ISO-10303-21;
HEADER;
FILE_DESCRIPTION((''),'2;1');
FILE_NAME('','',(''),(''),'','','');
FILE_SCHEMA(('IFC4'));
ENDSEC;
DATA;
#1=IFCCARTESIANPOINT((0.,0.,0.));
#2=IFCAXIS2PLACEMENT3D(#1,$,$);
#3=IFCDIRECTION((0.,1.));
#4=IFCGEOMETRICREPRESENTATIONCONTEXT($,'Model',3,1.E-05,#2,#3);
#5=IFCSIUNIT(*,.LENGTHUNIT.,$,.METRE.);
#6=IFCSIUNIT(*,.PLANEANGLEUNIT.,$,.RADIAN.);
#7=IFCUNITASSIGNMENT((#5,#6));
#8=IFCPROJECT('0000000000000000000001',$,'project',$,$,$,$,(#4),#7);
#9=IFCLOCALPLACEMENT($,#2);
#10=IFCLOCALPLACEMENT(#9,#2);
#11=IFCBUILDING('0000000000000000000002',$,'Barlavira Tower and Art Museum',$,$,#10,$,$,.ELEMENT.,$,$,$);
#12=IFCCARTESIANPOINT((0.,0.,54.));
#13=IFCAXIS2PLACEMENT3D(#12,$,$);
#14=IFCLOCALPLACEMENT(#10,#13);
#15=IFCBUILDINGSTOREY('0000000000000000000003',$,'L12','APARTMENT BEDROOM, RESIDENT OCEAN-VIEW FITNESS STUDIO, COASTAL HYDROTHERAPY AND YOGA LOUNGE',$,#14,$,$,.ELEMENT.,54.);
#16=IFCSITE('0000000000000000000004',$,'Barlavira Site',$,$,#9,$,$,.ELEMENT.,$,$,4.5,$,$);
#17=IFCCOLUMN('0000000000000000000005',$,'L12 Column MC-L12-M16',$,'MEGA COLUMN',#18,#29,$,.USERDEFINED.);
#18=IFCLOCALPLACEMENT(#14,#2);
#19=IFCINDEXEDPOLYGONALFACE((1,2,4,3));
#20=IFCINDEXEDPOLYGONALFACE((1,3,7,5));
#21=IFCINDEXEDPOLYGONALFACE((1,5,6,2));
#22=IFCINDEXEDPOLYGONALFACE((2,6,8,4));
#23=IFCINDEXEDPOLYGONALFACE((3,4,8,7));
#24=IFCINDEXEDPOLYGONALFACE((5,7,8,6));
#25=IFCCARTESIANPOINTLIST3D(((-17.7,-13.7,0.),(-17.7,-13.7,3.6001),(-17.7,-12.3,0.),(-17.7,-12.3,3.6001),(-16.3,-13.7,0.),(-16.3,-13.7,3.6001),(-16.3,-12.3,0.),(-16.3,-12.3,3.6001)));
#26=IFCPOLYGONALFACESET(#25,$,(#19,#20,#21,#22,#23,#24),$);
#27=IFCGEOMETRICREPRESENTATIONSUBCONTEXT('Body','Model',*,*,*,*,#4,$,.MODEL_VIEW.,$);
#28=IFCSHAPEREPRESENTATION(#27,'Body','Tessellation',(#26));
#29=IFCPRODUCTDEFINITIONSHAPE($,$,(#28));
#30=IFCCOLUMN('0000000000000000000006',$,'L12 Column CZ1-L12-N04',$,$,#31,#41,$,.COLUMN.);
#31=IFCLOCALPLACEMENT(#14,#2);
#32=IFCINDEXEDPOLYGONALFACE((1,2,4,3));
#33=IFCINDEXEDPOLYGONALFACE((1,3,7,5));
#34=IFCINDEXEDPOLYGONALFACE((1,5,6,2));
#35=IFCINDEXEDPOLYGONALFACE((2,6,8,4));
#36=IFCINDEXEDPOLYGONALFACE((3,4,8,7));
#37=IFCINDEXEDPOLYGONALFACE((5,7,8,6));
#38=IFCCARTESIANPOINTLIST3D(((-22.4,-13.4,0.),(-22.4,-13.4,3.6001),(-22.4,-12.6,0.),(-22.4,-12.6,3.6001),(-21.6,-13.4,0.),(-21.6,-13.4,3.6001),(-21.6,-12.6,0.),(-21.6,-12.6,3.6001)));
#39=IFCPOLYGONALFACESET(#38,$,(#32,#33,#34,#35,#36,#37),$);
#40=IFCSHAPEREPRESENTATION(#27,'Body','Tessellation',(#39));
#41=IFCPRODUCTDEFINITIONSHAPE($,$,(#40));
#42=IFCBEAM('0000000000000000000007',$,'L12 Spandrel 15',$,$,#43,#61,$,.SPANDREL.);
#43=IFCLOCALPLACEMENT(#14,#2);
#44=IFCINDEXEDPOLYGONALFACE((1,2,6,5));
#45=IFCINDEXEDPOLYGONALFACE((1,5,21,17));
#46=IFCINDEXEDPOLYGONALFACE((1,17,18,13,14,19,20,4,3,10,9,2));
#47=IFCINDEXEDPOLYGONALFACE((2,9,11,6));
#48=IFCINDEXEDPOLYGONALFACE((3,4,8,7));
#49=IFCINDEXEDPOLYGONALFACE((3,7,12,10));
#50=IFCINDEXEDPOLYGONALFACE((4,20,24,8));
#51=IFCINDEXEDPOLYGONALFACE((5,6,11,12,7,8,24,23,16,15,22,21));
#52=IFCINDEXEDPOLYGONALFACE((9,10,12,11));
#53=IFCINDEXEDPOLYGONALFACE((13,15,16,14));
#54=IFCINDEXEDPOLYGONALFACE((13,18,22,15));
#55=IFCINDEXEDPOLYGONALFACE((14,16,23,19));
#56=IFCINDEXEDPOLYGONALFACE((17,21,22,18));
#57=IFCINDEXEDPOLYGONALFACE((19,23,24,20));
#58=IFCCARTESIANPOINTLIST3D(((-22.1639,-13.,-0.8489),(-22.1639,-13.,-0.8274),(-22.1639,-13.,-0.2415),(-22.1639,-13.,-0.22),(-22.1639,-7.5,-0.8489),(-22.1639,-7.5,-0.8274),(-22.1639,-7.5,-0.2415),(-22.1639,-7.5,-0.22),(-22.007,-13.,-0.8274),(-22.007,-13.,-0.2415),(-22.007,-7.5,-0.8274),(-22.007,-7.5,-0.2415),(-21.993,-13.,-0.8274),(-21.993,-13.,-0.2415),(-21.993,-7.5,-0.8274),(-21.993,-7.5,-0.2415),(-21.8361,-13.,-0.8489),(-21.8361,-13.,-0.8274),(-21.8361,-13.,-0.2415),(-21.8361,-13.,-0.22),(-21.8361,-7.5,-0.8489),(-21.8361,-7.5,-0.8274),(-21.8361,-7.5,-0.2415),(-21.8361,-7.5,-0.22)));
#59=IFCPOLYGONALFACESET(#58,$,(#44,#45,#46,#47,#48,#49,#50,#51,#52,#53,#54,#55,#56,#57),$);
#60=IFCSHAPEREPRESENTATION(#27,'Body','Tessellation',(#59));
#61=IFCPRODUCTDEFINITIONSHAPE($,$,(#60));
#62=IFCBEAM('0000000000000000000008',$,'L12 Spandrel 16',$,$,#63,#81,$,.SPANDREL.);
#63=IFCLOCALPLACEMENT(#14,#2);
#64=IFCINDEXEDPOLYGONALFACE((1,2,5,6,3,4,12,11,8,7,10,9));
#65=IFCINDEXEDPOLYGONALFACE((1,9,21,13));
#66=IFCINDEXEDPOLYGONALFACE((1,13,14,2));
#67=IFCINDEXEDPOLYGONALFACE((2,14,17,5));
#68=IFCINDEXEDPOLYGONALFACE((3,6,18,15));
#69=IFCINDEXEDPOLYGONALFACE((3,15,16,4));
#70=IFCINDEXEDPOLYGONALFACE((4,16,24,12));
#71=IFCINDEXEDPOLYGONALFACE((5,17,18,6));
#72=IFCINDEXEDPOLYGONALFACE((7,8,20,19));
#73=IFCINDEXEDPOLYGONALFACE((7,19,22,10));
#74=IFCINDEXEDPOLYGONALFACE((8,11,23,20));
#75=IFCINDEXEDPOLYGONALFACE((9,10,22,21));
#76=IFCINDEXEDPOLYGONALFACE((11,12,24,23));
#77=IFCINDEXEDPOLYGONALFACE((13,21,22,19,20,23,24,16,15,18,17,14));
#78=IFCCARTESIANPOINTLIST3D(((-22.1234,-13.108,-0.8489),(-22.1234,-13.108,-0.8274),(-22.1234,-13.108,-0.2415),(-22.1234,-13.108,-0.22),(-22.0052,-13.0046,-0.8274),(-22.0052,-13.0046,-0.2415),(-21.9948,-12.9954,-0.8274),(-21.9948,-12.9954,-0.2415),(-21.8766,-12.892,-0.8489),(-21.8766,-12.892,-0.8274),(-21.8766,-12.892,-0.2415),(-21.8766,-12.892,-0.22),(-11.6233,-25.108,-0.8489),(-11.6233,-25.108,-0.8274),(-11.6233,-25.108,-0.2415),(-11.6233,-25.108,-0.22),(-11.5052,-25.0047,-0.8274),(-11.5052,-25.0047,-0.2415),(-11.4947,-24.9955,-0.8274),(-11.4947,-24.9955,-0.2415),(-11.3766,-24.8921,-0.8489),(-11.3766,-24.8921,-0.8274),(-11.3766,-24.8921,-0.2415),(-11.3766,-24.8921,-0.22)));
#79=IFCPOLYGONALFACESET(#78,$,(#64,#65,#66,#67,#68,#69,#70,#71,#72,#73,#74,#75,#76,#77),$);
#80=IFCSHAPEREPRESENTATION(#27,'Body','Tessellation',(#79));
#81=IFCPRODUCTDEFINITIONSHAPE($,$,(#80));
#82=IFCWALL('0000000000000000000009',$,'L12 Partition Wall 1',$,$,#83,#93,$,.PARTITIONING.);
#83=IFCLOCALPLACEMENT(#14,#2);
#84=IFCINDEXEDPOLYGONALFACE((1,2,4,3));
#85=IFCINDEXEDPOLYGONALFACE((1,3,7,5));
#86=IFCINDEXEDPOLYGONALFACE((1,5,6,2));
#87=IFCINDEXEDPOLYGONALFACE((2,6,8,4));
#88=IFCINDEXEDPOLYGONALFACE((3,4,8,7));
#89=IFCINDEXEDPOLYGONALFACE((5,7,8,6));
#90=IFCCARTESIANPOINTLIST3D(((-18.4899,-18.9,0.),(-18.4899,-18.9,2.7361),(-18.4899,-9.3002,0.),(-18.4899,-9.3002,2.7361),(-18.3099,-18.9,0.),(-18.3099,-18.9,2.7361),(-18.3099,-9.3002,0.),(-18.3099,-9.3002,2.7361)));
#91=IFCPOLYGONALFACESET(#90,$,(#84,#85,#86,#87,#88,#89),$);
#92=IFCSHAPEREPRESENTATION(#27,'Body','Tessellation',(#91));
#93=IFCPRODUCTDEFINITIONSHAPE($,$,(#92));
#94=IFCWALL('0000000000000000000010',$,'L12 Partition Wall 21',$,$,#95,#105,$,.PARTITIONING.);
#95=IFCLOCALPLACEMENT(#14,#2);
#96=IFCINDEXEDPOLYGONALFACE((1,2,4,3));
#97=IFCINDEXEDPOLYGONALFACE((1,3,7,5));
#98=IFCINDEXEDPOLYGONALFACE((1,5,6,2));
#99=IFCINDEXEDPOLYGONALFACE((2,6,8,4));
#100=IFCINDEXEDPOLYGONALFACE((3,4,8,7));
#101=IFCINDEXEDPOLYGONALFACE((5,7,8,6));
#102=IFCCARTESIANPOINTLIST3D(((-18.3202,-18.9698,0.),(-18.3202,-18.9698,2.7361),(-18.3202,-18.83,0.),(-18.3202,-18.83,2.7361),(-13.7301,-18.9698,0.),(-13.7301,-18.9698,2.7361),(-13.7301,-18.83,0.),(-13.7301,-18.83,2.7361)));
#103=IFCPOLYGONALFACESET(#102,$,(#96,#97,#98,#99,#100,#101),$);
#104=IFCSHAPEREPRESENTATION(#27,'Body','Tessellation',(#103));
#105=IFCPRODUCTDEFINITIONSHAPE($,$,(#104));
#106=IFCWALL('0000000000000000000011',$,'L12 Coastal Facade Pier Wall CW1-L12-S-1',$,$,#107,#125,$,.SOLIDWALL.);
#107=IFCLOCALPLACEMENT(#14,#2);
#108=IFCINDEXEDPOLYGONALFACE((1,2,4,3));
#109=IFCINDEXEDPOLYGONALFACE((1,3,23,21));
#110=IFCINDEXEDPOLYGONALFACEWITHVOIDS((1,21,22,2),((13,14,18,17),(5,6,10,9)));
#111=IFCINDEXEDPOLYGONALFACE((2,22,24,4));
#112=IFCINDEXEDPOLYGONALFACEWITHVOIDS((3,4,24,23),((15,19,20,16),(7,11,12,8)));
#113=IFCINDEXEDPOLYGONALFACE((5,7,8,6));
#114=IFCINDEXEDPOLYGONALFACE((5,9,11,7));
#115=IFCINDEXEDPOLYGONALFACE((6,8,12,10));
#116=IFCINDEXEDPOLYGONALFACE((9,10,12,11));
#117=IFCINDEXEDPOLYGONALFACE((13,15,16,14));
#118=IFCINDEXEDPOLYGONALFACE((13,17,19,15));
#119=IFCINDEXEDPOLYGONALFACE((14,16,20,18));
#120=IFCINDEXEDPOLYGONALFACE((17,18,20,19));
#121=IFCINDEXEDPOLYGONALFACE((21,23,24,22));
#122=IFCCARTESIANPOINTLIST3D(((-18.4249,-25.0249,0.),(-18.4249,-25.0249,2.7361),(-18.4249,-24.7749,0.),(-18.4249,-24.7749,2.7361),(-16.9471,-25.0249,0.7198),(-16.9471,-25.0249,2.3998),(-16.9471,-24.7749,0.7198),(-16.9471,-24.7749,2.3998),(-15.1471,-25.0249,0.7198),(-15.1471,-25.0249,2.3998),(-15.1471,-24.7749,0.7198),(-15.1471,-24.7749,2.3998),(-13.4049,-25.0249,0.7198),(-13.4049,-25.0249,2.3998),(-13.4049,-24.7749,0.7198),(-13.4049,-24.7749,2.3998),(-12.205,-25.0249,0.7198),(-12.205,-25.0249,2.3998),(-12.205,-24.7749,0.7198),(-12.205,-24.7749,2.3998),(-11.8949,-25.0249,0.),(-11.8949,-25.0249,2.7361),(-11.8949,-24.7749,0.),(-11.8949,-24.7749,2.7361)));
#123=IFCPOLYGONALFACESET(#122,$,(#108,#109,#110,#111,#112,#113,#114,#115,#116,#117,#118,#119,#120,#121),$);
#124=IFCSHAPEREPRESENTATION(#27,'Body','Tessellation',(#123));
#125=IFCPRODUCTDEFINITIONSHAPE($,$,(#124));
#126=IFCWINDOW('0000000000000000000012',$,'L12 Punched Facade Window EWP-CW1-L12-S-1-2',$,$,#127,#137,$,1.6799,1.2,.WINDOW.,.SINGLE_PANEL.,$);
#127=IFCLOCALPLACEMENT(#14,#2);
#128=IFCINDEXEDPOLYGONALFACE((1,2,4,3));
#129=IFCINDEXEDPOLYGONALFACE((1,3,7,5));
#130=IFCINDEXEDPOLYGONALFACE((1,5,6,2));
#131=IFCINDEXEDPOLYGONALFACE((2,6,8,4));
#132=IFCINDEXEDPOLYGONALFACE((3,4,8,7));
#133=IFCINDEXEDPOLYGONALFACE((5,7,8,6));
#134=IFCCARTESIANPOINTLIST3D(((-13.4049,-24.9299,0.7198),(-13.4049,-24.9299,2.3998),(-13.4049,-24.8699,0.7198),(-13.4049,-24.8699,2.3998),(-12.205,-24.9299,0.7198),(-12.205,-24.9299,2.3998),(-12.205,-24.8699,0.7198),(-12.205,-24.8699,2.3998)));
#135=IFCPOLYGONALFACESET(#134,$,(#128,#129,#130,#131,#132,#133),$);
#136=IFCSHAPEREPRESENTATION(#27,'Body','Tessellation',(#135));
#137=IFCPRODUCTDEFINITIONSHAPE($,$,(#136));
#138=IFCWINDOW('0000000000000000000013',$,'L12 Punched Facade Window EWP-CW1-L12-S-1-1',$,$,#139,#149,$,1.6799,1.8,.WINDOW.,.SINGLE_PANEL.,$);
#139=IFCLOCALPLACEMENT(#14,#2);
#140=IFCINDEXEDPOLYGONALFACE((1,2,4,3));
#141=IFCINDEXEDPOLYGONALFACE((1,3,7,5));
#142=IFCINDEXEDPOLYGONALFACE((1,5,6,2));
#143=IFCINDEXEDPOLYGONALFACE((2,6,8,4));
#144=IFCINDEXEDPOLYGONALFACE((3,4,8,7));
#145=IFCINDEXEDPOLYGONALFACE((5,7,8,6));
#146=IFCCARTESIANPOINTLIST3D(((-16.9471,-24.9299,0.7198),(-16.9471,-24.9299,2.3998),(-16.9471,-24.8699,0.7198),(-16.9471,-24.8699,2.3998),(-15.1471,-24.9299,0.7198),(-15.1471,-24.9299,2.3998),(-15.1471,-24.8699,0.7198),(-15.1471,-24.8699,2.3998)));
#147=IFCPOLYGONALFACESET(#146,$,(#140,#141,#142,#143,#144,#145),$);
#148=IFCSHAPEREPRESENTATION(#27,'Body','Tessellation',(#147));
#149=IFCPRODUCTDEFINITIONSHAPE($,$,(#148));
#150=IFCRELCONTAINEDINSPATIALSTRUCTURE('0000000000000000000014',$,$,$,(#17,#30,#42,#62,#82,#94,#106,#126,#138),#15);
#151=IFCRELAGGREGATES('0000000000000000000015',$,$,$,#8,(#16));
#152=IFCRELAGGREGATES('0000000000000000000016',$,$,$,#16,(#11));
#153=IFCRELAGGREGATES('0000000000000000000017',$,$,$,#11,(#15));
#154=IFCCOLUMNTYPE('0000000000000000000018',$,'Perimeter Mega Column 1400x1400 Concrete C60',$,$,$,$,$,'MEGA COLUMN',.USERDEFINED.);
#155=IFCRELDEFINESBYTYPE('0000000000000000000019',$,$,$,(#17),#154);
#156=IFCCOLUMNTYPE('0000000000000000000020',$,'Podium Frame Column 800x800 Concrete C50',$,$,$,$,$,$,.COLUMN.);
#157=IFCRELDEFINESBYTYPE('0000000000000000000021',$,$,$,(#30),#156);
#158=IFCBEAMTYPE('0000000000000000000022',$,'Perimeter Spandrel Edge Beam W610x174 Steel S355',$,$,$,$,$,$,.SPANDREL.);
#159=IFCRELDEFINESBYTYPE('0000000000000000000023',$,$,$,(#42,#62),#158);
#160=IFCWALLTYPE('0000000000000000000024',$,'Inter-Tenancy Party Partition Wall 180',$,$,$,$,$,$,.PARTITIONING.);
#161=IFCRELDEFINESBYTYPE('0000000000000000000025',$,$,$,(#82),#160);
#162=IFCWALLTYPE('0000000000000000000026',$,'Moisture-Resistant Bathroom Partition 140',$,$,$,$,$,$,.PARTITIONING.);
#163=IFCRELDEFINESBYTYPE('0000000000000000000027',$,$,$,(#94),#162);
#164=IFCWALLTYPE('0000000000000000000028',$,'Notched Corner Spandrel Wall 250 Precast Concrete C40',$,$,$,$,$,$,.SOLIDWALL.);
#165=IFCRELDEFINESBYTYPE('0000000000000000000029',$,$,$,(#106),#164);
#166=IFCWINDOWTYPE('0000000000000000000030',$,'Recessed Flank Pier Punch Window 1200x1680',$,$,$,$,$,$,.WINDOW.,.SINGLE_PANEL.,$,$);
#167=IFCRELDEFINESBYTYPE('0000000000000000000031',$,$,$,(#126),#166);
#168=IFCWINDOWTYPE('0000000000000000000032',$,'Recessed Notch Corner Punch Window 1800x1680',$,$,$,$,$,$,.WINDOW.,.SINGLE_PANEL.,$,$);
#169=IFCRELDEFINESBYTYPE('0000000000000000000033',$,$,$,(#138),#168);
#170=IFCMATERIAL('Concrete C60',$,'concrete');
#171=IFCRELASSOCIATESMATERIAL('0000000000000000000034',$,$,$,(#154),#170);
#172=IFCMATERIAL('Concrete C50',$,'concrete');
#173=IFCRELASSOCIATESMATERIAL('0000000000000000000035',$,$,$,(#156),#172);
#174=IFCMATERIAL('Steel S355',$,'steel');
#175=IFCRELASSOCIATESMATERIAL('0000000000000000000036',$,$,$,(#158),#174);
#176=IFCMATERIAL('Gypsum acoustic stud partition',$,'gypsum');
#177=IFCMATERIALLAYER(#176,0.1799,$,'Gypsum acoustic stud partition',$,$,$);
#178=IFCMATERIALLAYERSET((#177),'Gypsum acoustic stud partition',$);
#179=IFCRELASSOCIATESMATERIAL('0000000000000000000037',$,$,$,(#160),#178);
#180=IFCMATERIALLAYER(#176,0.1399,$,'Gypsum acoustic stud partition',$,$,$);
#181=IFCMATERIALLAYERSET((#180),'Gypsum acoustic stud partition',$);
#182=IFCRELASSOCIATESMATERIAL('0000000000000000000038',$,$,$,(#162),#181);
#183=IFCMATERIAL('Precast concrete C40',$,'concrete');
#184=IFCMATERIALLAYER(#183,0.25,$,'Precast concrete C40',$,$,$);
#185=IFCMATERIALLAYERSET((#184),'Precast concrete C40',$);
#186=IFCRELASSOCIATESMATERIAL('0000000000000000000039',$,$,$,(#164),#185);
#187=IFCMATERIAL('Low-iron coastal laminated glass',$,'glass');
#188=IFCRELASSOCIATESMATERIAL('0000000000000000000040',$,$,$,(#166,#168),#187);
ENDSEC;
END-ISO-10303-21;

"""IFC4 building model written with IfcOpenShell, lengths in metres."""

from ifc_helpers import new_model, si_unit, direction, frame, frame_2d, origin, origin_2d, place, context, subcontext, project, spatial, rectangle, i_section, extrude, material, layer, layer_set, material_profile, profile_set, type_object, element, fill, save


model = new_model("IFC4")

# Units and contexts
model_context = context("Model", 3, precision=1e-05, world=origin(), true_north=direction((0.0, 1.0)))
body_context = subcontext(model_context, "Body", "Model", "MODEL_VIEW")
ifc_project = project(units=[si_unit("LENGTHUNIT", "METRE"), si_unit("PLANEANGLEUNIT", "RADIAN")], contexts=[model_context])

# Site, building, storey
site_placement = place(None, origin())
site = spatial("IfcSite", under=ifc_project, at=site_placement, Name="Barlavira Site", CompositionType="ELEMENT", RefElevation=4.5)
building_placement = place(site_placement, origin())
building = spatial("IfcBuilding", under=site, at=building_placement, Name="Barlavira Tower and Art Museum", CompositionType="ELEMENT")
storey_placement = place(building_placement, frame((0.0, 0.0, 54.0)))
storey = spatial("IfcBuildingStorey", under=building, at=storey_placement, Name="L12", Description="APARTMENT BEDROOM, RESIDENT OCEAN-VIEW FITNESS STUDIO, COASTAL HYDROTHERAPY AND YOGA LOUNGE", CompositionType="ELEMENT", Elevation=54.0)

# Columns
ifc_material_1 = material(Name="Concrete C60", Category="concrete")
ifc_material_profile_1 = material_profile(ifc_material_1, rectangle(XDim=1.3999, YDim=1.3999, at=origin_2d()), Name="RC-MCOL 1400x1400")
ifc_profile_set_1 = profile_set([ifc_material_profile_1], Name="Concrete C60")
column_type_1 = type_object("IfcColumnType", Name="Perimeter Mega Column 1400x1400 Concrete C60", ElementType="MEGA COLUMN", PredefinedType="USERDEFINED", material=ifc_profile_set_1)
column_1_placement = place(storey_placement, frame((-17.0, -13.0, 0.0), z_axis=(0.0, 0.0, 1.0), x_axis=(1.0, 0.0, 0.0)))
element("IfcColumn", 1, at=column_1_placement, inside=storey, type_object=column_type_1, Name="L12 Column MC-L12-M16", ObjectType="MEGA COLUMN", PredefinedType="USERDEFINED", context=body_context, shape_type="SweptSolid", body=[
    extrude(rectangle(XDim=1.3999, YDim=1.3999, at=origin_2d()), origin(), (0.0, 0.0, 1.0), 3.6001),
])
ifc_material_2 = material(Name="Concrete C50", Category="concrete")
ifc_material_profile_2 = material_profile(ifc_material_2, rectangle(XDim=0.8, YDim=0.8, at=origin_2d()), Name="RC-COL 800x800")
ifc_profile_set_2 = profile_set([ifc_material_profile_2], Name="Concrete C50")
column_type_2 = type_object("IfcColumnType", Name="Podium Frame Column 800x800 Concrete C50", PredefinedType="COLUMN", material=ifc_profile_set_2)
column_2_placement = place(storey_placement, frame((-22.0, -13.0, 0.0), z_axis=(0.0, 0.0, 1.0), x_axis=(1.0, 0.0, 0.0)))
element("IfcColumn", 2, at=column_2_placement, inside=storey, type_object=column_type_2, Name="L12 Column CZ1-L12-N04", PredefinedType="COLUMN", context=body_context, shape_type="SweptSolid", body=[
    extrude(rectangle(XDim=0.8, YDim=0.8, at=origin_2d()), origin(), (0.0, 0.0, 1.0), 3.6001),
])

# Beams
ifc_material_3 = material(Name="Steel S355", Category="steel")
ifc_material_profile_3 = material_profile(ifc_material_3, i_section(OverallWidth=0.3279, OverallDepth=0.6289, WebThickness=0.0139, FlangeThickness=0.0215, at=origin_2d()), Name="W610x174.0")
ifc_profile_set_3 = profile_set([ifc_material_profile_3], Name="Steel S355")
beam_type = type_object("IfcBeamType", Name="Perimeter Spandrel Edge Beam W610x174 Steel S355", PredefinedType="SPANDREL", material=ifc_profile_set_3)
beam_1_placement = place(storey_placement, frame((-22.0, -13.0, -0.5344), z_axis=(0.0, 1.0, 0.0), x_axis=(-1.0, 0.0, 0.0)))
element("IfcBeam", 3, at=beam_1_placement, inside=storey, type_object=beam_type, Name="L12 Spandrel 15", PredefinedType="SPANDREL", context=body_context, shape_type="SweptSolid", body=[
    extrude(i_section(OverallWidth=0.3279, OverallDepth=0.6289, WebThickness=0.0139, FlangeThickness=0.0215, at=origin_2d()), origin(), (0.0, 0.0, 1.0), 5.5),
])
beam_2_placement = place(storey_placement, frame((-22.0, -13.0, -0.5344), z_axis=(0.658505, -0.752577, 0.0), x_axis=(0.752577, 0.658505, 0.0)))
element("IfcBeam", 4, at=beam_2_placement, inside=storey, type_object=beam_type, Name="L12 Spandrel 16", PredefinedType="SPANDREL", context=body_context, shape_type="SweptSolid", body=[
    extrude(i_section(OverallWidth=0.3279, OverallDepth=0.6289, WebThickness=0.0139, FlangeThickness=0.0215, at=origin_2d()), origin(), (0.0, 0.0, 1.0), 15.9453),
])

# Walls
ifc_material_4 = material(Name="Gypsum acoustic stud partition", Category="gypsum")
ifc_layer_1 = layer(ifc_material_4, 0.1799, Name="Gypsum acoustic stud partition")
ifc_layer_set_1 = layer_set([ifc_layer_1], Name="Gypsum acoustic stud partition")
wall_type_1 = type_object("IfcWallType", Name="Inter-Tenancy Party Partition Wall 180", PredefinedType="PARTITIONING", material=ifc_layer_set_1)
wall_1_placement = place(storey_placement, frame((-18.3999, -18.8999, 0.0), z_axis=(0.0, 0.0, 1.0), x_axis=(0.0, 1.0, 0.0)))
element("IfcWall", 5, at=wall_1_placement, inside=storey, type_object=wall_type_1, Name="L12 Partition Wall 1", PredefinedType="PARTITIONING", context=body_context, shape_type="SweptSolid", body=[
    extrude(rectangle(XDim=9.5999, YDim=0.1799, at=frame_2d((4.7998, 0.0))), origin(), (0.0, 0.0, 1.0), 2.7361),
])
ifc_layer_2 = layer(ifc_material_4, 0.1399, Name="Gypsum acoustic stud partition")
ifc_layer_set_2 = layer_set([ifc_layer_2], Name="Gypsum acoustic stud partition")
wall_type_2 = type_object("IfcWallType", Name="Moisture-Resistant Bathroom Partition 140", PredefinedType="PARTITIONING", material=ifc_layer_set_2)
wall_2_placement = place(storey_placement, frame((-18.3201, -18.8999, 0.0), z_axis=(0.0, 0.0, 1.0), x_axis=(1.0, 0.0, 0.0)))
element("IfcWall", 6, at=wall_2_placement, inside=storey, type_object=wall_type_2, Name="L12 Partition Wall 21", PredefinedType="PARTITIONING", context=body_context, shape_type="SweptSolid", body=[
    extrude(rectangle(XDim=4.5901, YDim=0.1399, at=frame_2d((2.2949, 0.0))), origin(), (0.0, 0.0, 1.0), 2.7361),
])

# Wall, openings, windows
ifc_material_5 = material(Name="Precast concrete C40", Category="concrete")
ifc_layer_3 = layer(ifc_material_5, 0.25, Name="Precast concrete C40")
ifc_layer_set_3 = layer_set([ifc_layer_3], Name="Precast concrete C40")
wall_type_3 = type_object("IfcWallType", Name="Notched Corner Spandrel Wall 250 Precast Concrete C40", PredefinedType="SOLIDWALL", material=ifc_layer_set_3)
wall_3_placement = place(storey_placement, frame((-18.425, -24.8999, 0.0), z_axis=(0.0, 0.0, 1.0), x_axis=(1.0, 0.0, 0.0)))
wall_3 = element("IfcWall", 7, at=wall_3_placement, inside=storey, type_object=wall_type_3, Name="L12 Coastal Facade Pier Wall CW1-L12-S-1", PredefinedType="SOLIDWALL", context=body_context, shape_type="SweptSolid", body=[
    extrude(rectangle(XDim=6.53, YDim=0.25, at=frame_2d((3.2651, 0.0))), origin(), (0.0, 0.0, 1.0), 2.7361),
])
opening_1_placement = place(wall_3_placement, frame((1.478, 0.0, 0.72)))
opening_1 = element("IfcOpeningElement", 8, at=opening_1_placement, cuts=wall_3, PredefinedType="OPENING", context=body_context, shape_type="SweptSolid", body=[
    extrude(rectangle(XDim=1.8, YDim=1.6799, at=frame_2d((0.8999, 0.8398))), frame((0.0, 0.135, 0.0), z_axis=(0.0, -1.0, 0.0), x_axis=(1.0, 0.0, 0.0)), (0.0, 0.0, 1.0), 0.27),
])
opening_2_placement = place(wall_3_placement, frame((5.02, 0.0, 0.72)))
opening_2 = element("IfcOpeningElement", 9, at=opening_2_placement, cuts=wall_3, PredefinedType="OPENING", context=body_context, shape_type="SweptSolid", body=[
    extrude(rectangle(XDim=1.2, YDim=1.6799, at=frame_2d((0.6001, 0.8398))), frame((0.0, 0.135, 0.0), z_axis=(0.0, -1.0, 0.0), x_axis=(1.0, 0.0, 0.0)), (0.0, 0.0, 1.0), 0.27),
])
ifc_material_6 = material(Name="Low-iron coastal laminated glass", Category="glass")
window_type_1 = type_object("IfcWindowType", Name="Recessed Flank Pier Punch Window 1200x1680", PartitioningType="SINGLE_PANEL", PredefinedType="WINDOW", material=ifc_material_6)
window_1_placement = place(opening_2_placement, origin())
window_1 = element("IfcWindow", 10, at=window_1_placement, inside=storey, type_object=window_type_1, Name="L12 Punched Facade Window EWP-CW1-L12-S-1-2", OverallHeight=1.6799, OverallWidth=1.2, PartitioningType="SINGLE_PANEL", PredefinedType="WINDOW", context=body_context, shape_type="SweptSolid", body=[
    extrude(rectangle(XDim=1.2, YDim=1.6799, at=frame_2d((0.6001, 0.8398))), frame((0.0, 0.03, 0.0), z_axis=(0.0, -1.0, 0.0), x_axis=(1.0, 0.0, 0.0)), (0.0, 0.0, 1.0), 0.0601),
])
fill(opening_2, window_1)
window_type_2 = type_object("IfcWindowType", Name="Recessed Notch Corner Punch Window 1800x1680", PartitioningType="SINGLE_PANEL", PredefinedType="WINDOW", material=ifc_material_6)
window_2_placement = place(opening_1_placement, origin())
window_2 = element("IfcWindow", 11, at=window_2_placement, inside=storey, type_object=window_type_2, Name="L12 Punched Facade Window EWP-CW1-L12-S-1-1", OverallHeight=1.6799, OverallWidth=1.8, PartitioningType="SINGLE_PANEL", PredefinedType="WINDOW", context=body_context, shape_type="SweptSolid", body=[
    extrude(rectangle(XDim=1.8, YDim=1.6799, at=frame_2d((0.8999, 0.8398))), frame((0.0, 0.03, 0.0), z_axis=(0.0, -1.0, 0.0), x_axis=(1.0, 0.0, 0.0)), (0.0, 0.0, 1.0), 0.0601),
])
fill(opening_1, window_2)

save(model, "model.ifc")
